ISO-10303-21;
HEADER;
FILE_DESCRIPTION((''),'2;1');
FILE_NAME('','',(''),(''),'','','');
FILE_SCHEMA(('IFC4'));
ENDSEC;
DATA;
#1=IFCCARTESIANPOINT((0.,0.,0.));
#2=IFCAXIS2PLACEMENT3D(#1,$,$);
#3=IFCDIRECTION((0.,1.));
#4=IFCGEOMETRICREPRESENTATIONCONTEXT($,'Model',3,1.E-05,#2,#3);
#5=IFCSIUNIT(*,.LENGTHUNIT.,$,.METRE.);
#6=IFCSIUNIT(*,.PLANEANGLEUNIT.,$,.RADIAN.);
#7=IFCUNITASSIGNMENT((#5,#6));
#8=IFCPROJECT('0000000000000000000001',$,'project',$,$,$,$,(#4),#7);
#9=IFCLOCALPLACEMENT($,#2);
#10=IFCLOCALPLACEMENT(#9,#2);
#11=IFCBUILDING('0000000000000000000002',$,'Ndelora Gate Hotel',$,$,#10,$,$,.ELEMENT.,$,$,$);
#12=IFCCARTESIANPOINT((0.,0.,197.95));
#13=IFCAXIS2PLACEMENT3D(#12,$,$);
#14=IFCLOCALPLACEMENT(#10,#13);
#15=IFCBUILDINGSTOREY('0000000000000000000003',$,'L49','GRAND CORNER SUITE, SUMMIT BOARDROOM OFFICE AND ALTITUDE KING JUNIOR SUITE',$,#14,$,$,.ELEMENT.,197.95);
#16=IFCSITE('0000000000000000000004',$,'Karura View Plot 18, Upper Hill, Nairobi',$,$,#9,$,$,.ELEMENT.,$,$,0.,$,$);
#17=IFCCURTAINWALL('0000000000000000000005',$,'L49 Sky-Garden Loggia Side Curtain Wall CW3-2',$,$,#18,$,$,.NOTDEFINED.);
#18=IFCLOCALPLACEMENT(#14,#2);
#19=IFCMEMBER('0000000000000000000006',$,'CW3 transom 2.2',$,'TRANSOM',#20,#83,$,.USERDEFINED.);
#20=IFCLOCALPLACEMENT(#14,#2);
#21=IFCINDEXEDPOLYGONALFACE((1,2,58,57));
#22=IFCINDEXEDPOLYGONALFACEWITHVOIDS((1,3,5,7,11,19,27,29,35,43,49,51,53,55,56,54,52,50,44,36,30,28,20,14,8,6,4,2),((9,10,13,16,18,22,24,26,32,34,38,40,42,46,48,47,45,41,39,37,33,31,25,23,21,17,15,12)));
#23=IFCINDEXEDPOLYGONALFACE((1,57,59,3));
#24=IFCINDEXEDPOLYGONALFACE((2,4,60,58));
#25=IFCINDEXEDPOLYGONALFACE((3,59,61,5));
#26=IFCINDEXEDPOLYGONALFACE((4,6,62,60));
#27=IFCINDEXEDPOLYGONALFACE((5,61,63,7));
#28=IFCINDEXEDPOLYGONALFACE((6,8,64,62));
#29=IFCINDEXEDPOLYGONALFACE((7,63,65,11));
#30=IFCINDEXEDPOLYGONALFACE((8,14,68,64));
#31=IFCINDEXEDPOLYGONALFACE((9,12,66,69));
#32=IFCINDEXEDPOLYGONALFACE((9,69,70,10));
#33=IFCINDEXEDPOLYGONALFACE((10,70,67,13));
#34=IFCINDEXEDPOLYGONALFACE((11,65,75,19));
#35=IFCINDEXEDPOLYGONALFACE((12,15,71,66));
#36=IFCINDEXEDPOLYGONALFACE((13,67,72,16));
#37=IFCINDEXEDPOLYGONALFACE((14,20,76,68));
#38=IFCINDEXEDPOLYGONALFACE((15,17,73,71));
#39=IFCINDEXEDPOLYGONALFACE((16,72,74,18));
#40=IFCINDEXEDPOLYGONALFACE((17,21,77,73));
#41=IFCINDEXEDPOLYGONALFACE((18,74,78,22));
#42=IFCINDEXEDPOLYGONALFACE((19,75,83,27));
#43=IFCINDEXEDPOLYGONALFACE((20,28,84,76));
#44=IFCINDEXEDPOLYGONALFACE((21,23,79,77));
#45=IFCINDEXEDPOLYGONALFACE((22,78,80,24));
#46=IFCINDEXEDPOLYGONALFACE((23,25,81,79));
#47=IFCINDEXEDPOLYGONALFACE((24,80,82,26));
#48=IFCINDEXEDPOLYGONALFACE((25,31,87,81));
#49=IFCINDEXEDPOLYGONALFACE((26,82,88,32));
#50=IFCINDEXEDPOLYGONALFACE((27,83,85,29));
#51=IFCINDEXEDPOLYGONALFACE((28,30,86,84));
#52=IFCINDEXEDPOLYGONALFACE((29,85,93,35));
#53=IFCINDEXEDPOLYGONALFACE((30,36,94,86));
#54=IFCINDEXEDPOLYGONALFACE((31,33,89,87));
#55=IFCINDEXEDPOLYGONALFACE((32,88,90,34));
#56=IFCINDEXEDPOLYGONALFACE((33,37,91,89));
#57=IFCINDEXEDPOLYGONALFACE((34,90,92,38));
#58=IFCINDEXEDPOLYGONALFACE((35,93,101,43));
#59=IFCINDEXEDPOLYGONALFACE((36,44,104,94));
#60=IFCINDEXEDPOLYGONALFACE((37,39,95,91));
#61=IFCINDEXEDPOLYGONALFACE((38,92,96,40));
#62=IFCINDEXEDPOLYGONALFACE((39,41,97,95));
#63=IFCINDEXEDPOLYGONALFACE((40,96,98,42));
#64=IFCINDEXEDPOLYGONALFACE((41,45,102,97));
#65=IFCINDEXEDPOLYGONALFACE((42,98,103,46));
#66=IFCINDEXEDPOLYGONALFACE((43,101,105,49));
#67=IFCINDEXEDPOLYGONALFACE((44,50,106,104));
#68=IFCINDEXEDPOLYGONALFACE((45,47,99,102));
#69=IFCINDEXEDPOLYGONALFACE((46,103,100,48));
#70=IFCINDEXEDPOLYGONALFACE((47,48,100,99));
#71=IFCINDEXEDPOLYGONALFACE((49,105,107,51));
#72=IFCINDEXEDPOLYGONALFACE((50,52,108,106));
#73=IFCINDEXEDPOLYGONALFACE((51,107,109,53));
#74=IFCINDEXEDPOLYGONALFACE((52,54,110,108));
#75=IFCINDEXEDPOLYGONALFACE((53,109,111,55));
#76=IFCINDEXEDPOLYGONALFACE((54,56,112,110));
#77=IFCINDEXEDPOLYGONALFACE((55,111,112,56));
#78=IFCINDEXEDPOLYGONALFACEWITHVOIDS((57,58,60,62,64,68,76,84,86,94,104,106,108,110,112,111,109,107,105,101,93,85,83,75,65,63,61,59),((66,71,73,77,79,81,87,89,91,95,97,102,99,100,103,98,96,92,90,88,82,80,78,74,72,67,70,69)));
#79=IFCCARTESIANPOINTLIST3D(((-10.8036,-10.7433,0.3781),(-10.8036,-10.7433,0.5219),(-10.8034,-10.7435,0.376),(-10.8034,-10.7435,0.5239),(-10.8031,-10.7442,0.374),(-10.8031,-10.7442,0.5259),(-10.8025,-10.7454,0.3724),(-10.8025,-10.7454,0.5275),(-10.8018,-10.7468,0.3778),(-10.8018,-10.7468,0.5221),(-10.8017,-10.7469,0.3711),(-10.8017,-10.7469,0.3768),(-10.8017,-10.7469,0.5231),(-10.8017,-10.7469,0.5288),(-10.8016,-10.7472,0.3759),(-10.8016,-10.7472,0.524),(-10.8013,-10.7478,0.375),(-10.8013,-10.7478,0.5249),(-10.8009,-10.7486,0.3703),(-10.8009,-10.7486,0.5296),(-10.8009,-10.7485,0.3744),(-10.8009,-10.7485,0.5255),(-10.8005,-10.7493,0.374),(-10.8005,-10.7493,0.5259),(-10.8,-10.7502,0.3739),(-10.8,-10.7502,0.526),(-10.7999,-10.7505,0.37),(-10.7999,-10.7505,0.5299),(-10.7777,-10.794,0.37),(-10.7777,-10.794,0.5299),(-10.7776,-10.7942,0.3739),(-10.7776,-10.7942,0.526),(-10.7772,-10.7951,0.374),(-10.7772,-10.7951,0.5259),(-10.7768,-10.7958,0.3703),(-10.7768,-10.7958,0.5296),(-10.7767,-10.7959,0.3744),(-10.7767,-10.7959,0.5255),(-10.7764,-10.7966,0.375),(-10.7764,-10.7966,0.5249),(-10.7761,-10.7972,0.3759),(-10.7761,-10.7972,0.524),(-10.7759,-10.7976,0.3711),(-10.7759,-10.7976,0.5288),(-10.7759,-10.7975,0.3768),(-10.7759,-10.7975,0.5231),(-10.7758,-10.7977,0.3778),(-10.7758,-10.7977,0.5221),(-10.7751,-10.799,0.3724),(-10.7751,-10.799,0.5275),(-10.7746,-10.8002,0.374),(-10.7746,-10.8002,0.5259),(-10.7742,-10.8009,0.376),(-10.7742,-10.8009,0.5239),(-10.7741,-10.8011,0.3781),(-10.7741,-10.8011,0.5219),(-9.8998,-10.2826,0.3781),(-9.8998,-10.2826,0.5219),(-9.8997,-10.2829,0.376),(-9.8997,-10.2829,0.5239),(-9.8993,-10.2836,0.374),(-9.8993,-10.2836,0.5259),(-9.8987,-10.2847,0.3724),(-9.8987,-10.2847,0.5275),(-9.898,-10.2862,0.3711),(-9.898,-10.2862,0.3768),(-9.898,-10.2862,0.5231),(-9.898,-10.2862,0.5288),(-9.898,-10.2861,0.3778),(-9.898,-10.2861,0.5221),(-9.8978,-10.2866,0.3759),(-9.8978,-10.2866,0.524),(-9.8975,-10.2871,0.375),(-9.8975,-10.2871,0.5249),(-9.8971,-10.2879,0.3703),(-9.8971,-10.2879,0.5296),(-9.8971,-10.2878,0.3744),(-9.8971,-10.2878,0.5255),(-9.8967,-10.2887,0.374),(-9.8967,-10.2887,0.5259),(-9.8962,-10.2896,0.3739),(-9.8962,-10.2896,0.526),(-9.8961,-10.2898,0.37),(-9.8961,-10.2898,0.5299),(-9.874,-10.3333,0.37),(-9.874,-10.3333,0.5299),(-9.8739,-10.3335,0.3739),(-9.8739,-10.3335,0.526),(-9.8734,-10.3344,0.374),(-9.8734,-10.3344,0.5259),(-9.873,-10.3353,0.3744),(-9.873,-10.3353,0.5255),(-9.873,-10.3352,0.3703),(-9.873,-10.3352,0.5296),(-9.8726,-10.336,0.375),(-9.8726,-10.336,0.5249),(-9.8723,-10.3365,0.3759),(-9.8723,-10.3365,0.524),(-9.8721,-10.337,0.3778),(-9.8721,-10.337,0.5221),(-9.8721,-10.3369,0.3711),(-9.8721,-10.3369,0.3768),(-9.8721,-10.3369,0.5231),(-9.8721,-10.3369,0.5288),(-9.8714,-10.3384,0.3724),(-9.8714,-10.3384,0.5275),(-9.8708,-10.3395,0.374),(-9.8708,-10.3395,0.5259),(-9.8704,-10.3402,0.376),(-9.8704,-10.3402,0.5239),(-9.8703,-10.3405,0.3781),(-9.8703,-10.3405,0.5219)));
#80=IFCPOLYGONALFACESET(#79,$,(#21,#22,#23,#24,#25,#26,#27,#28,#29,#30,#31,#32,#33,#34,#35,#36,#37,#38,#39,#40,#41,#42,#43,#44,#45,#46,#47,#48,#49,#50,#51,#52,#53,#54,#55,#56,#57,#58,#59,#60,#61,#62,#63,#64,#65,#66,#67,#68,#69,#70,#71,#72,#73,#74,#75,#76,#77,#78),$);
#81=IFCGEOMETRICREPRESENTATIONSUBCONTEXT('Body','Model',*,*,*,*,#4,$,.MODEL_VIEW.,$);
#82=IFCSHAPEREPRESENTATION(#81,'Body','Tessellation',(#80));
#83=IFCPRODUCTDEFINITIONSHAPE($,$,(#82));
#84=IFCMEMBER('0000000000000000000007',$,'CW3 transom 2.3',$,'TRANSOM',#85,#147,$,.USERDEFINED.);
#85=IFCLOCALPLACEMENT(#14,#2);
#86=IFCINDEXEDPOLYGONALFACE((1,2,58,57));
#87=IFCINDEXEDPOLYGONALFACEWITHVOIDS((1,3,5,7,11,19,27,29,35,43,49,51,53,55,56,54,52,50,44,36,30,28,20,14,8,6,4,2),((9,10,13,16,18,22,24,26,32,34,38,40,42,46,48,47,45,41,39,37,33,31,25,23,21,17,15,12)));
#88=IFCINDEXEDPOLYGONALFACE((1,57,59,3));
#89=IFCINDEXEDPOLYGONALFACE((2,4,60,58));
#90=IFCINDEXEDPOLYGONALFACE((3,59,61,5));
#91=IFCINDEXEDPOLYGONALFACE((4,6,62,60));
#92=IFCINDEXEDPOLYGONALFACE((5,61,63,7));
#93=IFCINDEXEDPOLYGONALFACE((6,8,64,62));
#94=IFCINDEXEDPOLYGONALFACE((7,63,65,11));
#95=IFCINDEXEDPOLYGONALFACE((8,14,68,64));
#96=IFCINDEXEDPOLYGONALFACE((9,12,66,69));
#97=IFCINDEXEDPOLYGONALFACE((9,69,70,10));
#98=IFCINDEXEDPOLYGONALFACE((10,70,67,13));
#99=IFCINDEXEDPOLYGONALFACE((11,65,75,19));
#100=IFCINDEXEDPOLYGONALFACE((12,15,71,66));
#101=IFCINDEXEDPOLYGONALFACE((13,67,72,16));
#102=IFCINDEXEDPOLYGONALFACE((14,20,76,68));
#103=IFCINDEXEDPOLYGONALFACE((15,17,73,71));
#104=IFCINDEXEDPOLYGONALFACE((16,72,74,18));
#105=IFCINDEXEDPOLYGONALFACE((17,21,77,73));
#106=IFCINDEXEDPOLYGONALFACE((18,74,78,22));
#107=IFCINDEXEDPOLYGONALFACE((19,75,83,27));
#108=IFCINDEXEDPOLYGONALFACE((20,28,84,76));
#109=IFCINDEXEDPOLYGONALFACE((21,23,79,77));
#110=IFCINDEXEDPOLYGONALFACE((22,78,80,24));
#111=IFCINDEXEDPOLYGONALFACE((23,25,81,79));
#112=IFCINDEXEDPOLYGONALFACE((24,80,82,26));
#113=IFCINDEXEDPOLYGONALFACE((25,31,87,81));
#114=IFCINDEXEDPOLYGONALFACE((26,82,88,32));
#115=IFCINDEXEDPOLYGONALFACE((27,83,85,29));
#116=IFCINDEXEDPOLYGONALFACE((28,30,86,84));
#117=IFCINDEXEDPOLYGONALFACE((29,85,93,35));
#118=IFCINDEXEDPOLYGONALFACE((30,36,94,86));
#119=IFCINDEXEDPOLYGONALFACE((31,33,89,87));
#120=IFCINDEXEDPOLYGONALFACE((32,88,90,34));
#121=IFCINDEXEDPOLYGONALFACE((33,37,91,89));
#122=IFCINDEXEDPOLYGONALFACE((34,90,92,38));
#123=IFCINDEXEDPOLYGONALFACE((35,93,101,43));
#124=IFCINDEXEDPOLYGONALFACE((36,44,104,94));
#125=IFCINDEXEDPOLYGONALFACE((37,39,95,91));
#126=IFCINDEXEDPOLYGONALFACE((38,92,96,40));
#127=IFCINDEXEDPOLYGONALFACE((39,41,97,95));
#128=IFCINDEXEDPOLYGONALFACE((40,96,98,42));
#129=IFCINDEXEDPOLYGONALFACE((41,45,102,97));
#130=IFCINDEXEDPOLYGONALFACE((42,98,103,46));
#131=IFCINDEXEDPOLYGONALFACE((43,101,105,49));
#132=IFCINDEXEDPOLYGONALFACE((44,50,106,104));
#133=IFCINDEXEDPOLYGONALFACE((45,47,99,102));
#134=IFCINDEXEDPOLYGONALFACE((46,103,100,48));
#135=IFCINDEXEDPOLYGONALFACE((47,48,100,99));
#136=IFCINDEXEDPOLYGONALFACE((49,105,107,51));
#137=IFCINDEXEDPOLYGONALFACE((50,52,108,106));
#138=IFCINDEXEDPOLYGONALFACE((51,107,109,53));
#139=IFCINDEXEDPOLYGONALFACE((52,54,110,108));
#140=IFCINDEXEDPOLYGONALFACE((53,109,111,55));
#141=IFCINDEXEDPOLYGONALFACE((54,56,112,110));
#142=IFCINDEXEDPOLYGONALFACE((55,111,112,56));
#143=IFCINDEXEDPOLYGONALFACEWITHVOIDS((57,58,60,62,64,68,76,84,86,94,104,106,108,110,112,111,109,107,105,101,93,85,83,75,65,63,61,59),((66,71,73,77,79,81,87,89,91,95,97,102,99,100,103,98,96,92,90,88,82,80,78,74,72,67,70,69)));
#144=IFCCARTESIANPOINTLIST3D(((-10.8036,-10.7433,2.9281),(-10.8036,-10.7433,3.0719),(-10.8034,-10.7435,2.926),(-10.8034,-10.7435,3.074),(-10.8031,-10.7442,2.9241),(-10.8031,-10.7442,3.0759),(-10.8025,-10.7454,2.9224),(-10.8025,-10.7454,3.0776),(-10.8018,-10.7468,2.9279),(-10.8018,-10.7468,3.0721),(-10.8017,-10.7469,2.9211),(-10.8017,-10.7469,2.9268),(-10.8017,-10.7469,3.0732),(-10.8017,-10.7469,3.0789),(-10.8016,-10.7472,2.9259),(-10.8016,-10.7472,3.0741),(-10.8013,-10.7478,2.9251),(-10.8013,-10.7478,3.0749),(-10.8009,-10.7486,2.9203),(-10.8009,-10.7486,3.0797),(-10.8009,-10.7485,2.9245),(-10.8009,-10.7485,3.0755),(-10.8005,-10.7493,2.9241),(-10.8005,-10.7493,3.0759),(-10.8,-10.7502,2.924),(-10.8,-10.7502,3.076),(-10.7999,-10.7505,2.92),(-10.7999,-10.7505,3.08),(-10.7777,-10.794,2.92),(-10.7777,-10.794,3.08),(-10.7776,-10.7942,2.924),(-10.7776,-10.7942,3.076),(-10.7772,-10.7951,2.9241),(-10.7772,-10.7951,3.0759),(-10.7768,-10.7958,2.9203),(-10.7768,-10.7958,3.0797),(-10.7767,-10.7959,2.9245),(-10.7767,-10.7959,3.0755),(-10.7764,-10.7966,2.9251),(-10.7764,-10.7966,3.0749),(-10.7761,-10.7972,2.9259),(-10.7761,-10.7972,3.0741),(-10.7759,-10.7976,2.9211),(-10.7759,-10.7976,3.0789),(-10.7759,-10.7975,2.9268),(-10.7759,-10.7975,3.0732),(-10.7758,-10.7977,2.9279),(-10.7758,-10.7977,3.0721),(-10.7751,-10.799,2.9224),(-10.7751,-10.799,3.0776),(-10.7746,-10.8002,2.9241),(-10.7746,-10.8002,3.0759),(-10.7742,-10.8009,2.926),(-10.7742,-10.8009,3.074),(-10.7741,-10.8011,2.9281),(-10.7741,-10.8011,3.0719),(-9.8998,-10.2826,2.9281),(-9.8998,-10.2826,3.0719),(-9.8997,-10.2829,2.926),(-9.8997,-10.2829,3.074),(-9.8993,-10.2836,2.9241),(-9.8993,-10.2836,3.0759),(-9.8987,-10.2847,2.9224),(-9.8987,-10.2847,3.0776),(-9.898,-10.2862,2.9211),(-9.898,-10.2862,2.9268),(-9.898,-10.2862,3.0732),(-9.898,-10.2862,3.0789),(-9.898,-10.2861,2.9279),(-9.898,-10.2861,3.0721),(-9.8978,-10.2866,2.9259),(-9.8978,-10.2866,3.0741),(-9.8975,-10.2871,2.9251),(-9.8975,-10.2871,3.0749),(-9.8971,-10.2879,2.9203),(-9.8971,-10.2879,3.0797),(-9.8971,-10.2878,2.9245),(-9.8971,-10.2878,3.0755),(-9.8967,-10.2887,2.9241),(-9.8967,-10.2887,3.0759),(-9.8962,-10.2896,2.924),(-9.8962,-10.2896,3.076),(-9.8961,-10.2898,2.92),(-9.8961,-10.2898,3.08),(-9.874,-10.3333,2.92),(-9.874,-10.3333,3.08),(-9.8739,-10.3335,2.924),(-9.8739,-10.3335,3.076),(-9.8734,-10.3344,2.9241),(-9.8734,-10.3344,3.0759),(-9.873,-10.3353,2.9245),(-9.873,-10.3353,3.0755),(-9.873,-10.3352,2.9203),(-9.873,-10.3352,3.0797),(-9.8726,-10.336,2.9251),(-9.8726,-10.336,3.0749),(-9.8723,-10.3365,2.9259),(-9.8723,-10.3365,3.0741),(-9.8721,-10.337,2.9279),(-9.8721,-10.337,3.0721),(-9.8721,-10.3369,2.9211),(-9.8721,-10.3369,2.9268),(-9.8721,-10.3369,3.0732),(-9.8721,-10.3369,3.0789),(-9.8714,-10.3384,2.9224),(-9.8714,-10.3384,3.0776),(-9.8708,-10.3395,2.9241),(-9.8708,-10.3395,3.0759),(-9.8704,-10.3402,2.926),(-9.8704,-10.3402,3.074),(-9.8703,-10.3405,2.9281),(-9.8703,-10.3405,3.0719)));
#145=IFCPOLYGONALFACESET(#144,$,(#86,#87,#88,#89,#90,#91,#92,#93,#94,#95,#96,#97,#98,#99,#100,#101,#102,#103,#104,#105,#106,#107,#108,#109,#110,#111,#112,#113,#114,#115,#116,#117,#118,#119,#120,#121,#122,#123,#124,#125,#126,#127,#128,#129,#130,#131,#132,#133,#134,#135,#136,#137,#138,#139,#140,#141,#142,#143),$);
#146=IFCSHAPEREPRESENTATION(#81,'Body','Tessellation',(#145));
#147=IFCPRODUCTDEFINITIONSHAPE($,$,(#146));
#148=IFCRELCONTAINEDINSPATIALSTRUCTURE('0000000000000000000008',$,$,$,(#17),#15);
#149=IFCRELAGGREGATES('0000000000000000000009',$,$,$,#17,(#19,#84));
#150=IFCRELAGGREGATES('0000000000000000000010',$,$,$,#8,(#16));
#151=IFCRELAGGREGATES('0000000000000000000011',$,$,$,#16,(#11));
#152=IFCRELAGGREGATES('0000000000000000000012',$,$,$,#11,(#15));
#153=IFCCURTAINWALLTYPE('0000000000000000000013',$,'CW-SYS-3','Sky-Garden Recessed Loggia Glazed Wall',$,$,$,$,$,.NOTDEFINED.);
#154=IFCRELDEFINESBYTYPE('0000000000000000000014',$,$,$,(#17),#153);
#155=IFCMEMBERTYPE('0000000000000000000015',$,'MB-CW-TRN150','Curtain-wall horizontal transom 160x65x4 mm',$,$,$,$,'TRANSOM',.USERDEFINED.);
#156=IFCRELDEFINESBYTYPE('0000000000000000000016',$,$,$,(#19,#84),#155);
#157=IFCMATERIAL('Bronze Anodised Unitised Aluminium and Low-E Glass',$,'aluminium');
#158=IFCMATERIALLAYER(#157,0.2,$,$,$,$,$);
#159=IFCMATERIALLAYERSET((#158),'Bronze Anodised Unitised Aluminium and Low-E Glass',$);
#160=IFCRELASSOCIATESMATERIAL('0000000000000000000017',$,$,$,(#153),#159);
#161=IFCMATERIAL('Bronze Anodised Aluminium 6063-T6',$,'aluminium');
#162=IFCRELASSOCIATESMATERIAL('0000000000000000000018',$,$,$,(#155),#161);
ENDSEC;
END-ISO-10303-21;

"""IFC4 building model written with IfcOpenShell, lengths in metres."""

from ifc_helpers import new_model, si_unit, direction, frame, origin, origin_2d, place, context, subcontext, project, spatial, hollow_rectangle, extrude, material, layer, layer_set, material_profile, profile_set, type_object, element, aggregate, save


model = new_model("IFC4")

# Units and contexts
model_context = context("Model", 3, precision=1e-05, world=origin(), true_north=direction((0.0, 1.0)))
body_context = subcontext(model_context, "Body", "Model", "MODEL_VIEW")
ifc_project = project(units=[si_unit("LENGTHUNIT", "METRE"), si_unit("PLANEANGLEUNIT", "RADIAN")], contexts=[model_context])

# Site, building, storey
site_placement = place(None, origin())
site = spatial("IfcSite", under=ifc_project, at=site_placement, Name="Karura View Plot 18, Upper Hill, Nairobi", CompositionType="ELEMENT", RefElevation=0.0)
building_placement = place(site_placement, origin())
building = spatial("IfcBuilding", under=site, at=building_placement, Name="Ndelora Gate Hotel", CompositionType="ELEMENT")
storey_placement = place(building_placement, frame((0.0, 0.0, 197.95)))
storey = spatial("IfcBuildingStorey", under=building, at=storey_placement, Name="L49", Description="GRAND CORNER SUITE, SUMMIT BOARDROOM OFFICE AND ALTITUDE KING JUNIOR SUITE", CompositionType="ELEMENT", Elevation=197.95)

# Curtain wall, members
ifc_material_1 = material(Name="Bronze Anodised Unitised Aluminium and Low-E Glass", Category="aluminium")
ifc_layer_1 = layer(ifc_material_1, 0.2)
ifc_layer_set_1 = layer_set([ifc_layer_1], Name="Bronze Anodised Unitised Aluminium and Low-E Glass")
curtain_wall_type = type_object("IfcCurtainWallType", Name="CW-SYS-3", Description="Sky-Garden Recessed Loggia Glazed Wall", PredefinedType="NOTDEFINED", material=ifc_layer_set_1)
curtain_wall_placement = place(storey_placement, origin())
curtain_wall = element("IfcCurtainWall", 1, at=curtain_wall_placement, inside=storey, type_object=curtain_wall_type, Name="L49 Sky-Garden Loggia Side Curtain Wall CW3-2", PredefinedType="NOTDEFINED")
ifc_material_2 = material(Name="Bronze Anodised Aluminium 6063-T6", Category="aluminium")
ifc_material_profile_1 = material_profile(ifc_material_2, hollow_rectangle(XDim=0.0649, YDim=0.1599, WallThickness=0.0039, InnerFilletRadius=0.0039, OuterFilletRadius=0.0081, at=origin_2d()), Name="ALU 160x65x4")
ifc_profile_set_1 = profile_set([ifc_material_profile_1], Name="Bronze Anodised Aluminium 6063-T6")
member_type_1 = type_object("IfcMemberType", Name="MB-CW-TRN150", Description="Curtain-wall horizontal transom 160x65x4 mm", ElementType="TRANSOM", PredefinedType="USERDEFINED", material=ifc_profile_set_1)
member_1_placement = place(storey_placement, frame((-10.7888, -10.7722, 0.45), z_axis=(0.890935, 0.454131, 0.0), x_axis=(-0.454131, 0.890935, 0.0)))
member_1 = element("IfcMember", 2, at=member_1_placement, type_object=member_type_1, Name="CW3 transom 2.2", ObjectType="TRANSOM", PredefinedType="USERDEFINED", context=body_context, shape_type="SweptSolid", body=[
    extrude(hollow_rectangle(XDim=0.0649, YDim=0.1599, WallThickness=0.0039, InnerFilletRadius=0.0039, OuterFilletRadius=0.0081, at=origin_2d()), origin(), (0.0, 0.0, 1.0), 1.0144),
])
member_2_placement = place(storey_placement, frame((-10.7888, -10.7722, 3.0), z_axis=(0.890935, 0.454131, 0.0), x_axis=(-0.454131, 0.890935, 0.0)))
member_2 = element("IfcMember", 3, at=member_2_placement, type_object=member_type_1, Name="CW3 transom 2.3", ObjectType="TRANSOM", PredefinedType="USERDEFINED", context=body_context, shape_type="SweptSolid", body=[
    extrude(hollow_rectangle(XDim=0.0649, YDim=0.1599, WallThickness=0.0039, InnerFilletRadius=0.0039, OuterFilletRadius=0.0081, at=origin_2d()), origin(), (0.0, 0.0, 1.0), 1.0144),
])
aggregate(curtain_wall, [member_1, member_2])

save(model, "model.ifc")
